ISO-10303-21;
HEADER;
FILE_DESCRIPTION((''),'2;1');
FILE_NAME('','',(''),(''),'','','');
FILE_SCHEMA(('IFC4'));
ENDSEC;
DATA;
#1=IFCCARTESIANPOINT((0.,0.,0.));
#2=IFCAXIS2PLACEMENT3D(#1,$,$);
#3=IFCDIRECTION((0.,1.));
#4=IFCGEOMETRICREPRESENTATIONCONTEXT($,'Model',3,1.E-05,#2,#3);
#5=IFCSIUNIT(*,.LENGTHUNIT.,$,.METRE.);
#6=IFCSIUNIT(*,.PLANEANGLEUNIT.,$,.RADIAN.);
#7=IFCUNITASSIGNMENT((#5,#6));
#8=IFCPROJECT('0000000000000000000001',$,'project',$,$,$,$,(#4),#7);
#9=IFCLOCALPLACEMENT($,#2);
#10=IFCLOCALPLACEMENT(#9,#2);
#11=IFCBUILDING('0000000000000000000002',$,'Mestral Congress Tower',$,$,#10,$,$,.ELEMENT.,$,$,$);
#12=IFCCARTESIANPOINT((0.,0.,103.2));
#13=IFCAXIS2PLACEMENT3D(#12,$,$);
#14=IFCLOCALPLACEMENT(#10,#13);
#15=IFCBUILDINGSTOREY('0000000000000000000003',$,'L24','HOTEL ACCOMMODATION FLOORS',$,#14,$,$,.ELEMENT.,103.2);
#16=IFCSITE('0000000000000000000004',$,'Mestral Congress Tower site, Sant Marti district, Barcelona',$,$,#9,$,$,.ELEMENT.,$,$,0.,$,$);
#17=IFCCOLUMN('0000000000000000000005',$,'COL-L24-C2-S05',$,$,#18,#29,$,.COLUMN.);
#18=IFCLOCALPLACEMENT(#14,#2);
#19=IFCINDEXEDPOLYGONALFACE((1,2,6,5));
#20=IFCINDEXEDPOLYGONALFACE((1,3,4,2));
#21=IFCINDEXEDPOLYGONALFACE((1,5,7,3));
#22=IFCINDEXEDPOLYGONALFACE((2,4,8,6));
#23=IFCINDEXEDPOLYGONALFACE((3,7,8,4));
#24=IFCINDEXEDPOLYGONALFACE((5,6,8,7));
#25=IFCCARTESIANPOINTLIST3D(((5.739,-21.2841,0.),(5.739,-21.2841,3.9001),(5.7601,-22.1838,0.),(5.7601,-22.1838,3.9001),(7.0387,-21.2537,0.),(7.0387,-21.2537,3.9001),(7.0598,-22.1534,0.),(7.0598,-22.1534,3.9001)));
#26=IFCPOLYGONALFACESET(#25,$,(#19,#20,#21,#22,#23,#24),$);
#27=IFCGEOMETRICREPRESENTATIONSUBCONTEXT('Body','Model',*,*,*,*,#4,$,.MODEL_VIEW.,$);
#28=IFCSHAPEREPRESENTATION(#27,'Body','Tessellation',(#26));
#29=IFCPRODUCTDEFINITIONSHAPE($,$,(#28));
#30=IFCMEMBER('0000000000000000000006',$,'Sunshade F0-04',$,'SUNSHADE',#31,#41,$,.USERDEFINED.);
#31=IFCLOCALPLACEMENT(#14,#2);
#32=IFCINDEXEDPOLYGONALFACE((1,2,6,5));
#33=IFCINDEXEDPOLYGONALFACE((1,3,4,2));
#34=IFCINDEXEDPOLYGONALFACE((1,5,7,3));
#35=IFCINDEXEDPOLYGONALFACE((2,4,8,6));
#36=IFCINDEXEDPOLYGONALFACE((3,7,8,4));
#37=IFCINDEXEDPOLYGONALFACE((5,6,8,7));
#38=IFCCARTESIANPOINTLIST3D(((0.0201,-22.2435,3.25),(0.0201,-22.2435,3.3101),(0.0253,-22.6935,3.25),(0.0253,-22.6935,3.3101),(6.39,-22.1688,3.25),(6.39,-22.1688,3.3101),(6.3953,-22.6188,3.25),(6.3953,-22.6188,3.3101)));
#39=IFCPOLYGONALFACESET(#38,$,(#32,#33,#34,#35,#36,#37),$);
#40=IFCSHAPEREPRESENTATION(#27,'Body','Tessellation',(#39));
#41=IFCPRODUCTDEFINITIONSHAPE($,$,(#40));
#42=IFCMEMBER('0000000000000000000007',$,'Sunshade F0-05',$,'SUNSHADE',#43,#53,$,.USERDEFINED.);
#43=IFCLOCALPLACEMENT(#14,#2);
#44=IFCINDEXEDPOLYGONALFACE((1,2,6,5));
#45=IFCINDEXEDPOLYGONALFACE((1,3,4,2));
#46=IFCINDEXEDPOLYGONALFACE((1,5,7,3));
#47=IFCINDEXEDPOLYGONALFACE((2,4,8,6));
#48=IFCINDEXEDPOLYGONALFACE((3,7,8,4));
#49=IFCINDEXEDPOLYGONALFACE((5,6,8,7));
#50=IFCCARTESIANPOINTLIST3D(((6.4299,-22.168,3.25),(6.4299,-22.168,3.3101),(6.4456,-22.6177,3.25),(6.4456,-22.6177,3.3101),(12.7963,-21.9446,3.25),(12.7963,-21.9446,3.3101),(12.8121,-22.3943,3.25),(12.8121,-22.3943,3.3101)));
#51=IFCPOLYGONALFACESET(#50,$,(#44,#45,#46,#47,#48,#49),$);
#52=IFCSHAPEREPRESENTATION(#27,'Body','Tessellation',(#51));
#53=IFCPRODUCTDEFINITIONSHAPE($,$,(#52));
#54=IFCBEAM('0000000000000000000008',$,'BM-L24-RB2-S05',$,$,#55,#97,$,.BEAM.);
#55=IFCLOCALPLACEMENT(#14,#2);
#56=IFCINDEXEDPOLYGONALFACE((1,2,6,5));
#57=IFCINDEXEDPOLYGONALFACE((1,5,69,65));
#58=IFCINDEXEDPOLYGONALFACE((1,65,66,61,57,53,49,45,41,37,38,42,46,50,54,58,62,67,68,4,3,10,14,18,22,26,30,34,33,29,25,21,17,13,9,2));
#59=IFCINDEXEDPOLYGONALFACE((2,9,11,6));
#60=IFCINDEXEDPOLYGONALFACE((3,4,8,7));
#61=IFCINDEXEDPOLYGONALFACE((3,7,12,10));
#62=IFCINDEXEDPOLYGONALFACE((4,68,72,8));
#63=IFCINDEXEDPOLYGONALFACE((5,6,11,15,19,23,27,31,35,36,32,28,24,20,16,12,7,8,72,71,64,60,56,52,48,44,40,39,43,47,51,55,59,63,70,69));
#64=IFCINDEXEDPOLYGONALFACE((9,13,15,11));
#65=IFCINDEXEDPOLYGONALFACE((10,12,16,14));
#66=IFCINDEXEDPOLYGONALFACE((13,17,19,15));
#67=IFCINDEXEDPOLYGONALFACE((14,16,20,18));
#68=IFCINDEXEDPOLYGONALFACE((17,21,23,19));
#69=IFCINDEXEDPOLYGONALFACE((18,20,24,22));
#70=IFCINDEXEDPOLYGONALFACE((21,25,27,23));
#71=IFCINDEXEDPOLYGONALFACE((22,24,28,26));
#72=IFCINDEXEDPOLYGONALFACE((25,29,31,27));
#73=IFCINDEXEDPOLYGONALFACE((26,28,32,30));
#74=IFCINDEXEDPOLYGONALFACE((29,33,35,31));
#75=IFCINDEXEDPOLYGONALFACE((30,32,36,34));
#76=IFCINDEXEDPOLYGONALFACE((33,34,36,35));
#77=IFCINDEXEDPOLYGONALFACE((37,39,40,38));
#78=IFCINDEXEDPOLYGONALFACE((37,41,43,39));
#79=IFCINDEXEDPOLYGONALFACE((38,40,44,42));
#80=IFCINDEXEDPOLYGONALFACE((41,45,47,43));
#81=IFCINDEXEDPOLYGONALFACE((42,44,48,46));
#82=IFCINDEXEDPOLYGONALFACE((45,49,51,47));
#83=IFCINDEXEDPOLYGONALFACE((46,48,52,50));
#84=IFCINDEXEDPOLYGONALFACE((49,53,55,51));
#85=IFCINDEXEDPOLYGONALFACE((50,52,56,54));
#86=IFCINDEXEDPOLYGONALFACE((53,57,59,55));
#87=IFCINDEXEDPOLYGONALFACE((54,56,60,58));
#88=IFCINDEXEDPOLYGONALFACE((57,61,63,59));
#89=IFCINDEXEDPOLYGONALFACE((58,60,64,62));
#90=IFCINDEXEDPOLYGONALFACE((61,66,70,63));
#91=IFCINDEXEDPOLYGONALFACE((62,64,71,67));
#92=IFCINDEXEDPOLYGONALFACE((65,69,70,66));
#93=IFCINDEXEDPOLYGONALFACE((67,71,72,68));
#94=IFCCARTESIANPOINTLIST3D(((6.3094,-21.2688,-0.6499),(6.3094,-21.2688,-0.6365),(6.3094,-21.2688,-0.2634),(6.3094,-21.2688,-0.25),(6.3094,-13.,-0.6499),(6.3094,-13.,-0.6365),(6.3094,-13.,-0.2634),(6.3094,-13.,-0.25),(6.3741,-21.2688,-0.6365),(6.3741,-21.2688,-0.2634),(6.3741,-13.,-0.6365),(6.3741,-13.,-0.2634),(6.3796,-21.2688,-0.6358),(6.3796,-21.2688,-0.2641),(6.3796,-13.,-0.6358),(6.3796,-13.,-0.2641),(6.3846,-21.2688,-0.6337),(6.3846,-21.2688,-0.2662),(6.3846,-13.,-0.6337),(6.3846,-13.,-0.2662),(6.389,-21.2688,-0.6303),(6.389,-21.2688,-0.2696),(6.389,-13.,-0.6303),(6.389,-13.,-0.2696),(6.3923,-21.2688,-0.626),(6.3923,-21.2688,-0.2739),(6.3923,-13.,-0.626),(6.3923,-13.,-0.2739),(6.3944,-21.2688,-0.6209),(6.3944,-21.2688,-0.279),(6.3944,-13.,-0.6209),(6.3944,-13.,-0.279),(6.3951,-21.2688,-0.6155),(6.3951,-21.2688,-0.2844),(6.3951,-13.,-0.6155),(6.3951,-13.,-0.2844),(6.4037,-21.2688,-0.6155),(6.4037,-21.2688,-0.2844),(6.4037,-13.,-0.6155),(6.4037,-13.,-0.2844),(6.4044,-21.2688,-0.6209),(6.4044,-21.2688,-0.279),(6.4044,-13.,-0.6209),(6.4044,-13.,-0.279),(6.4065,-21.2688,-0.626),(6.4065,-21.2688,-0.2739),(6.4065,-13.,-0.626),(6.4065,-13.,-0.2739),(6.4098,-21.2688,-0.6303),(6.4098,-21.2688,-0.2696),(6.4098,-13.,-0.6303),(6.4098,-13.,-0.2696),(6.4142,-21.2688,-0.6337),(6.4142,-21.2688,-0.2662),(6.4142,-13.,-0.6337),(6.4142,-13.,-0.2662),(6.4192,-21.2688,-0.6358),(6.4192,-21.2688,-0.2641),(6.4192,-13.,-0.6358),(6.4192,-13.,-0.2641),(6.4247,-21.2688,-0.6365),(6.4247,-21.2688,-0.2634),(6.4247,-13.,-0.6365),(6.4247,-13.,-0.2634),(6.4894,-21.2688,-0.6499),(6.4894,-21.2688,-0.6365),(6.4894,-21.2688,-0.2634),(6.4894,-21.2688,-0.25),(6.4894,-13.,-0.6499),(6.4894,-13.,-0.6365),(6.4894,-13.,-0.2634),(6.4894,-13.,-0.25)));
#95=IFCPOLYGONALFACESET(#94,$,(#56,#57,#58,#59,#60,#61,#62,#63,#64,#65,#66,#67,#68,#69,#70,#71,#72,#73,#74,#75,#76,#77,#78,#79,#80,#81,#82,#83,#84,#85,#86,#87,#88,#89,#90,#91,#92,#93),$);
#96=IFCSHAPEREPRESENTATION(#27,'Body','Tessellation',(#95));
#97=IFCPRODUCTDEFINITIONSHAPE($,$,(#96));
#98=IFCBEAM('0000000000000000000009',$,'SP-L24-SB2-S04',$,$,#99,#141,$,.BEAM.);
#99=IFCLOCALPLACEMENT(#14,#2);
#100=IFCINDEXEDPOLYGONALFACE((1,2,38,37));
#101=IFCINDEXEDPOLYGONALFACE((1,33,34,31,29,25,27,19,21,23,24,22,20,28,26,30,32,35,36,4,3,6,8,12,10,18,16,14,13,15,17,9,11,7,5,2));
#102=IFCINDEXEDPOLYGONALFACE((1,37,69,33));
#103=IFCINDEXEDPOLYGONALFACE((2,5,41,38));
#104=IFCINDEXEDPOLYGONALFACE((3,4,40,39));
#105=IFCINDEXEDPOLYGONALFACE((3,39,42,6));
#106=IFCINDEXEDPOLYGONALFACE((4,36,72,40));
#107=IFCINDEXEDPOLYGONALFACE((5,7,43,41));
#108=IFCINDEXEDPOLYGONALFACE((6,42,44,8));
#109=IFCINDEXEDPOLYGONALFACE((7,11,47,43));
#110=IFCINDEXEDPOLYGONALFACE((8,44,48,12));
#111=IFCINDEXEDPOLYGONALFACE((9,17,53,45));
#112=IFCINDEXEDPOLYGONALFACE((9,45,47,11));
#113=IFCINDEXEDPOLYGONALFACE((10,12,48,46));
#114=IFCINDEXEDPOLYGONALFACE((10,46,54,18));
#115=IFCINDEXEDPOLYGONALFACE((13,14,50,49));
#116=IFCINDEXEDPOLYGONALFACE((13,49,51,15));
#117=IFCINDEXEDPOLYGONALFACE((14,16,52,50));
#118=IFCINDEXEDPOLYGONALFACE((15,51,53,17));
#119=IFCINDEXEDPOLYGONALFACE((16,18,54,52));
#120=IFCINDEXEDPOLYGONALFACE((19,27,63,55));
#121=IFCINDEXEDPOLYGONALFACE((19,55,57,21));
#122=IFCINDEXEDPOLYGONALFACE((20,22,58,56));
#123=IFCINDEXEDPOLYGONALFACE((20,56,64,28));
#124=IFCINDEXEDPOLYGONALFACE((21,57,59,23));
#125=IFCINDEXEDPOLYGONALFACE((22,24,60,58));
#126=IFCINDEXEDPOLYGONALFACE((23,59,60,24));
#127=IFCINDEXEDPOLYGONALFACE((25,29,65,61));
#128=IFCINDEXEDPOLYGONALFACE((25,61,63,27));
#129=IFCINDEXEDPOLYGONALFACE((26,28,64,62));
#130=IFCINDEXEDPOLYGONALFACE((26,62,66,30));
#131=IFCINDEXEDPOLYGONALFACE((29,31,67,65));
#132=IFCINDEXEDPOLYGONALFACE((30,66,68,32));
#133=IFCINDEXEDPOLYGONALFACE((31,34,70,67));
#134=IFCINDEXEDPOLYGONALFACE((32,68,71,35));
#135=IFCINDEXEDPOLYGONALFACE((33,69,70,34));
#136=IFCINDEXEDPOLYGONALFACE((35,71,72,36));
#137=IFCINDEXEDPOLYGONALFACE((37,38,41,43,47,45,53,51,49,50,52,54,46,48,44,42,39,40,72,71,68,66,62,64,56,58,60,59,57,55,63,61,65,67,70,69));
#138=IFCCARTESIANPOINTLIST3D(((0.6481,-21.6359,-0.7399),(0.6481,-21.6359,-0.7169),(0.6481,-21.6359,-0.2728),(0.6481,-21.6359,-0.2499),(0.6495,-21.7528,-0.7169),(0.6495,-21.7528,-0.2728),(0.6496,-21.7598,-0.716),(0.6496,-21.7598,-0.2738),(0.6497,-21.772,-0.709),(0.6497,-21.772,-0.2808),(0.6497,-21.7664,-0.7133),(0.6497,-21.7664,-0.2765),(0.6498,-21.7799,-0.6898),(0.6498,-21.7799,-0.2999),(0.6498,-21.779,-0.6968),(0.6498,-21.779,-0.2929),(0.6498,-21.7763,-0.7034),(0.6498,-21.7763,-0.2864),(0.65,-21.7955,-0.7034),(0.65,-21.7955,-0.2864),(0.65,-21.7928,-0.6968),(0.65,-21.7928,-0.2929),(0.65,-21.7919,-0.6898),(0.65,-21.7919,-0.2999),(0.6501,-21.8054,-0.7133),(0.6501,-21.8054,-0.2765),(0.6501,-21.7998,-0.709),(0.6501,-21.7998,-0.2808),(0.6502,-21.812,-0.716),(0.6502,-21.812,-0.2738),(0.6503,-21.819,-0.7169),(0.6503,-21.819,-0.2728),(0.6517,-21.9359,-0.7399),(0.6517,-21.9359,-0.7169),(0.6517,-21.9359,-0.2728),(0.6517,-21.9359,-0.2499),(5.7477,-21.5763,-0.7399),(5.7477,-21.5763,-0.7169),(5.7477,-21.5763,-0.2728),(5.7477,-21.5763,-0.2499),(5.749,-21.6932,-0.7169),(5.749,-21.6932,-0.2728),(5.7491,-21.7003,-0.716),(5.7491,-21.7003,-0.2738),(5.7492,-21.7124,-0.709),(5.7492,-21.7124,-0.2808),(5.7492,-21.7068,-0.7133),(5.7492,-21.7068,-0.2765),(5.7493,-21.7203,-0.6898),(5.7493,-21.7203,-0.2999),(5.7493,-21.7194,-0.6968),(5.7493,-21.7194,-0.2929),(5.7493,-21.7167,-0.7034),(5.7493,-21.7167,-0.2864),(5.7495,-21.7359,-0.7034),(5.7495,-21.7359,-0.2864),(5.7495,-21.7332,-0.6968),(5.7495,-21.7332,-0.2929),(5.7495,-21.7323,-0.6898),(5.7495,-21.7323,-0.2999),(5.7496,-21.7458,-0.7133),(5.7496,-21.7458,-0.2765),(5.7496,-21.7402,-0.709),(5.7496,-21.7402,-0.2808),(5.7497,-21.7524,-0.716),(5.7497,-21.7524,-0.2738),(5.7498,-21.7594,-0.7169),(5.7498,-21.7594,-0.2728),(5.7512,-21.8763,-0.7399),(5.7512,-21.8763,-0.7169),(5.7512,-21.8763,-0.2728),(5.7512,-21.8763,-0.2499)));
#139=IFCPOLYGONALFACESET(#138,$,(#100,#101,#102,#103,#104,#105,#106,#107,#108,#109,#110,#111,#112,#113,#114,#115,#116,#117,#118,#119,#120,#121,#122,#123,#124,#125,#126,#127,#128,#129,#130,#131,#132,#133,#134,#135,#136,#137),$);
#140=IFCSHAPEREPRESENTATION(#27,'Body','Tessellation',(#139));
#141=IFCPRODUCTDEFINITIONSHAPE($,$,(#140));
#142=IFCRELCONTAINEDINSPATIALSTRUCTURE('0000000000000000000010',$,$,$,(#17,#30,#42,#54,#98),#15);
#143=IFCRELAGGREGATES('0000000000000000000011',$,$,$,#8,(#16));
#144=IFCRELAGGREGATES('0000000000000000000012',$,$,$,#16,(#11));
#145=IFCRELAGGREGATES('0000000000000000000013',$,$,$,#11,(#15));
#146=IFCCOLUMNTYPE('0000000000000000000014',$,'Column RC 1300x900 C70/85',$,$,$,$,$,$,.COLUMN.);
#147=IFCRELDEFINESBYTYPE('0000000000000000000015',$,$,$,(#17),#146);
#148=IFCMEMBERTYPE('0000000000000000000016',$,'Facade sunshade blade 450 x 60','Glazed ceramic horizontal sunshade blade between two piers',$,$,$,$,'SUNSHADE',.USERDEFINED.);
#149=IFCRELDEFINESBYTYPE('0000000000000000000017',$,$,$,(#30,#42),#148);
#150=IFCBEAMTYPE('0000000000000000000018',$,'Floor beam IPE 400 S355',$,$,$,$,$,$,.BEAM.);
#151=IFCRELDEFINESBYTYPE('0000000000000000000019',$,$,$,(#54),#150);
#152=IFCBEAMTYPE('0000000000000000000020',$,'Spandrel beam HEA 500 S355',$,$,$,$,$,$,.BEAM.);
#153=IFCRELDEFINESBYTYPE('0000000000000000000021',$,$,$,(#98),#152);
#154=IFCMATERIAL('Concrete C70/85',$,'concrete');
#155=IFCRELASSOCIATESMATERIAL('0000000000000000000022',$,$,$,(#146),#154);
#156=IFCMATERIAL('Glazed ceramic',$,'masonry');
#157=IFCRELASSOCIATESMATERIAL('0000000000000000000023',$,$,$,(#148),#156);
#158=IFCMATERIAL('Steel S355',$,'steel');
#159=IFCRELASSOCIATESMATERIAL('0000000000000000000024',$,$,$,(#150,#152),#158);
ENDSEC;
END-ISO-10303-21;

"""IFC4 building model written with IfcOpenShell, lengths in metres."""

from ifc_helpers import new_model, si_unit, direction, frame, origin, origin_2d, place, context, subcontext, project, spatial, rectangle, i_section, extrude, material, material_profile, profile_set, type_object, element, save


model = new_model("IFC4")

# Units and contexts
model_context = context("Model", 3, precision=1e-05, world=origin(), true_north=direction((0.0, 1.0)))
body_context = subcontext(model_context, "Body", "Model", "MODEL_VIEW")
ifc_project = project(units=[si_unit("LENGTHUNIT", "METRE"), si_unit("PLANEANGLEUNIT", "RADIAN")], contexts=[model_context])

# Site, building, storey
site_placement = place(None, origin())
site = spatial("IfcSite", under=ifc_project, at=site_placement, Name="Mestral Congress Tower site, Sant Marti district, Barcelona", CompositionType="ELEMENT", RefElevation=0.0)
building_placement = place(site_placement, origin())
building = spatial("IfcBuilding", under=site, at=building_placement, Name="Mestral Congress Tower", CompositionType="ELEMENT")
storey_placement = place(building_placement, frame((0.0, 0.0, 103.2)))
storey = spatial("IfcBuildingStorey", under=building, at=storey_placement, Name="L24", Description="HOTEL ACCOMMODATION FLOORS", CompositionType="ELEMENT", Elevation=103.2)

# Column
ifc_material_1 = material(Name="Concrete C70/85", Category="concrete")
ifc_material_profile_1 = material_profile(ifc_material_1, rectangle(XDim=1.3, YDim=0.8999, at=origin_2d()), Name="RC 1300x900")
ifc_profile_set_1 = profile_set([ifc_material_profile_1], Name="Concrete C70/85")
column_type = type_object("IfcColumnType", Name="Column RC 1300x900 C70/85", PredefinedType="COLUMN", material=ifc_profile_set_1)
column_placement = place(storey_placement, frame((6.3994, -21.7188, 0.0), z_axis=(0.0, 0.0, 1.0), x_axis=(0.999727, 0.023384, 0.0)))
element("IfcColumn", 1, at=column_placement, inside=storey, type_object=column_type, Name="COL-L24-C2-S05", PredefinedType="COLUMN", context=body_context, shape_type="SweptSolid", body=[
    extrude(rectangle(XDim=1.3, YDim=0.8999, at=origin_2d()), origin(), (0.0, 0.0, 1.0), 3.9001),
])

# Members
ifc_material_2 = material(Name="Glazed ceramic", Category="masonry")
ifc_material_profile_2 = material_profile(ifc_material_2, rectangle(XDim=0.45, YDim=0.0601, at=origin_2d()), Name="Ceramic blade 450 x 60")
ifc_profile_set_2 = profile_set([ifc_material_profile_2], Name="Glazed ceramic")
member_type = type_object("IfcMemberType", Name="Facade sunshade blade 450 x 60", Description="Glazed ceramic horizontal sunshade blade between two piers", ElementType="SUNSHADE", PredefinedType="USERDEFINED", material=ifc_profile_set_2)
for number, where, z_axis, x_axis, name in (
    (2, (0.0227, -22.4685, 3.28), (0.999931, 0.011727, 0.0), (-0.011727, 0.999931, 0.0), "Sunshade F0-04"),
    (3, (6.4377, -22.3928, 3.28), (0.999385, 0.035067, 0.0), (-0.035067, 0.999385, 0.0), "Sunshade F0-05"),
):
    element("IfcMember", number, at=place(storey_placement, frame(where, z_axis=z_axis, x_axis=x_axis)), inside=storey, type_object=member_type, Name=name, ObjectType="SUNSHADE", PredefinedType="USERDEFINED", context=body_context, shape_type="SweptSolid", body=[
        extrude(rectangle(XDim=0.45, YDim=0.0601, at=origin_2d()), origin(), (0.0, 0.0, 1.0), 6.3704),
    ])

# Beams
ifc_material_3 = material(Name="Steel S355", Category="steel")
ifc_material_profile_3 = material_profile(ifc_material_3, i_section(OverallWidth=0.1799, OverallDepth=0.3999, WebThickness=0.0085, FlangeThickness=0.0134, FilletRadius=0.021, at=origin_2d()), Name="IPE 400")
ifc_profile_set_3 = profile_set([ifc_material_profile_3], Name="Steel S355")
beam_type_1 = type_object("IfcBeamType", Name="Floor beam IPE 400 S355", PredefinedType="BEAM", material=ifc_profile_set_3)
beam_1_placement = place(storey_placement, frame((6.3994, -21.2688, -0.45), z_axis=(0.0, 1.0, 0.0), x_axis=(-1.0, 0.0, 0.0)))
element("IfcBeam", 4, at=beam_1_placement, inside=storey, type_object=beam_type_1, Name="BM-L24-RB2-S05", PredefinedType="BEAM", context=body_context, shape_type="SweptSolid", body=[
    extrude(i_section(OverallWidth=0.1799, OverallDepth=0.3999, WebThickness=0.0085, FlangeThickness=0.0134, FilletRadius=0.021, at=origin_2d()), origin(), (0.0, 0.0, 1.0), 8.2688),
])
ifc_material_profile_4 = material_profile(ifc_material_3, i_section(OverallWidth=0.3, OverallDepth=0.49, WebThickness=0.012, FlangeThickness=0.0229, FilletRadius=0.0271, at=origin_2d()), Name="HEA 500")
ifc_profile_set_4 = profile_set([ifc_material_profile_4], Name="Steel S355")
beam_type_2 = type_object("IfcBeamType", Name="Spandrel beam HEA 500 S355", PredefinedType="BEAM", material=ifc_profile_set_4)
beam_2_placement = place(storey_placement, frame((0.6499, -21.7859, -0.4949), z_axis=(0.999932, 0.011681, 0.0), x_axis=(-0.011681, 0.999932, 0.0)))
element("IfcBeam", 5, at=beam_2_placement, inside=storey, type_object=beam_type_2, Name="SP-L24-SB2-S04", PredefinedType="BEAM", context=body_context, shape_type="SweptSolid", body=[
    extrude(i_section(OverallWidth=0.3, OverallDepth=0.49, WebThickness=0.012, FlangeThickness=0.0229, FilletRadius=0.0271, at=origin_2d()), origin(), (0.0, 0.0, 1.0), 5.0999),
])

save(model, "model.ifc")
